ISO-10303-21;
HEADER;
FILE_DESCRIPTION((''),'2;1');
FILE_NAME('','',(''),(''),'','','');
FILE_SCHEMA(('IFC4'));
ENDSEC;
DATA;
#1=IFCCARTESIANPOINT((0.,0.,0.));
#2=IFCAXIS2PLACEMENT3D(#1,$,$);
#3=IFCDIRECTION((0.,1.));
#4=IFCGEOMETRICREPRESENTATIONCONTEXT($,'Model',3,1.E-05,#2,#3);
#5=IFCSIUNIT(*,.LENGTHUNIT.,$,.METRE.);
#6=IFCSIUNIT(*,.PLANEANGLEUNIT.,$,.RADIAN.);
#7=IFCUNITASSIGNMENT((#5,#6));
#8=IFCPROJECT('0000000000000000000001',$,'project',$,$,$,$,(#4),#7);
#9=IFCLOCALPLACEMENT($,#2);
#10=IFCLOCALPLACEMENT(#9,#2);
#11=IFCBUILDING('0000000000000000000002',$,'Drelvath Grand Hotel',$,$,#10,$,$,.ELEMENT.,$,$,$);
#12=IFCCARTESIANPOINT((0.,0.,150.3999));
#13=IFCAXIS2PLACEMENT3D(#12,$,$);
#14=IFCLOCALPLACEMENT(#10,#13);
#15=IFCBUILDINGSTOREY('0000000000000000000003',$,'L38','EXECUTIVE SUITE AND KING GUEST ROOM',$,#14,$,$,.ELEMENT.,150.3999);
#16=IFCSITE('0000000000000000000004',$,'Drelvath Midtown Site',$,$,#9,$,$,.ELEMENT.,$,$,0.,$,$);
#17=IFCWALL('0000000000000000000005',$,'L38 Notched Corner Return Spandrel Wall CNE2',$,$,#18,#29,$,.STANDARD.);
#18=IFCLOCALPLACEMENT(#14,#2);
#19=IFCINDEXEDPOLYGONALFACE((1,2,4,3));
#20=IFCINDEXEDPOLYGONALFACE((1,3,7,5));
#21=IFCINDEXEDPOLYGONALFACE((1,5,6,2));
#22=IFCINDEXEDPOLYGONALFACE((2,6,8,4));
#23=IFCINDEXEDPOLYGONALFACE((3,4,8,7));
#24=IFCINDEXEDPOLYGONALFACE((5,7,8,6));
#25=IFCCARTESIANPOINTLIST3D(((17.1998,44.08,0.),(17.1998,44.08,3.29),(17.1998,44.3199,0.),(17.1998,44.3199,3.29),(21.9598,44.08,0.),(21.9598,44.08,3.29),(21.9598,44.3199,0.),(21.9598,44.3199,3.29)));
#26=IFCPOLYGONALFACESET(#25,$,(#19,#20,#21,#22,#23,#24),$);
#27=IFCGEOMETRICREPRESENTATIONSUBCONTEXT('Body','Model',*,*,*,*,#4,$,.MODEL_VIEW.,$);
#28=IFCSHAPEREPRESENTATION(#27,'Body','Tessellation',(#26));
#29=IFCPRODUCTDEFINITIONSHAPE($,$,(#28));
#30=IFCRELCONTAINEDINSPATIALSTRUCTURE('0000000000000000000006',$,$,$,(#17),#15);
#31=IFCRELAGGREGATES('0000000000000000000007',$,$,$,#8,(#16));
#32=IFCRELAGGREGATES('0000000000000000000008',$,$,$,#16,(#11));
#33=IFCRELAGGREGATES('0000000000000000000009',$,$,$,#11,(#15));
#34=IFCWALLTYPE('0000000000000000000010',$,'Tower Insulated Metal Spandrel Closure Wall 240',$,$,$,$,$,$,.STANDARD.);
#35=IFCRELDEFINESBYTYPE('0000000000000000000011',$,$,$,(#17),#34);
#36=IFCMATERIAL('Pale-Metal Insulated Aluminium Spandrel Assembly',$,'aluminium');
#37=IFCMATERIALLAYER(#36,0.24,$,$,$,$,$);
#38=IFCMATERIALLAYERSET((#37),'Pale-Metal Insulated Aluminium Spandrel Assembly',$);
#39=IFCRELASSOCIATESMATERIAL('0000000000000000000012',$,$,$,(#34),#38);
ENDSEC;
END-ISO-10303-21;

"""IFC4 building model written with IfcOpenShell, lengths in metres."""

from ifc_helpers import new_model, si_unit, direction, frame, frame_2d, origin, place, context, subcontext, project, spatial, rectangle, extrude, material, layer, layer_set, type_object, element, save


model = new_model("IFC4")

# Units and contexts
model_context = context("Model", 3, precision=1e-05, world=origin(), true_north=direction((0.0, 1.0)))
body_context = subcontext(model_context, "Body", "Model", "MODEL_VIEW")
ifc_project = project(units=[si_unit("LENGTHUNIT", "METRE"), si_unit("PLANEANGLEUNIT", "RADIAN")], contexts=[model_context])

# Site, building, storey
site_placement = place(None, origin())
site = spatial("IfcSite", under=ifc_project, at=site_placement, Name="Drelvath Midtown Site", CompositionType="ELEMENT", RefElevation=0.0)
building_placement = place(site_placement, origin())
building = spatial("IfcBuilding", under=site, at=building_placement, Name="Drelvath Grand Hotel", CompositionType="ELEMENT")
storey_placement = place(building_placement, frame((0.0, 0.0, 150.3999)))
storey = spatial("IfcBuildingStorey", under=building, at=storey_placement, Name="L38", Description="EXECUTIVE SUITE AND KING GUEST ROOM", CompositionType="ELEMENT", Elevation=150.3999)

# Wall
ifc_material_1 = material(Name="Pale-Metal Insulated Aluminium Spandrel Assembly", Category="aluminium")
ifc_layer_1 = layer(ifc_material_1, 0.24)
ifc_layer_set_1 = layer_set([ifc_layer_1], Name="Pale-Metal Insulated Aluminium Spandrel Assembly")
wall_type_1 = type_object("IfcWallType", Name="Tower Insulated Metal Spandrel Closure Wall 240", PredefinedType="STANDARD", material=ifc_layer_set_1)
for number, where, z_axis, x_axis, name in (
    (1, (17.2, 44.2, 0.0), (0.0, 0.0, 1.0), (1.0, 0.0, 0.0), "L38 Notched Corner Return Spandrel Wall CNE2"),
):
    element("IfcWall", number, at=place(storey_placement, frame(where, z_axis=z_axis, x_axis=x_axis)), inside=storey, type_object=wall_type_1, Name=name, PredefinedType="STANDARD", context=body_context, shape_type="SweptSolid", body=[
        extrude(rectangle(XDim=4.76, YDim=0.24, at=frame_2d((2.3799, 0.0))), origin(), (0.0, 0.0, 1.0), 3.29),
    ])

save(model, "model.ifc")
